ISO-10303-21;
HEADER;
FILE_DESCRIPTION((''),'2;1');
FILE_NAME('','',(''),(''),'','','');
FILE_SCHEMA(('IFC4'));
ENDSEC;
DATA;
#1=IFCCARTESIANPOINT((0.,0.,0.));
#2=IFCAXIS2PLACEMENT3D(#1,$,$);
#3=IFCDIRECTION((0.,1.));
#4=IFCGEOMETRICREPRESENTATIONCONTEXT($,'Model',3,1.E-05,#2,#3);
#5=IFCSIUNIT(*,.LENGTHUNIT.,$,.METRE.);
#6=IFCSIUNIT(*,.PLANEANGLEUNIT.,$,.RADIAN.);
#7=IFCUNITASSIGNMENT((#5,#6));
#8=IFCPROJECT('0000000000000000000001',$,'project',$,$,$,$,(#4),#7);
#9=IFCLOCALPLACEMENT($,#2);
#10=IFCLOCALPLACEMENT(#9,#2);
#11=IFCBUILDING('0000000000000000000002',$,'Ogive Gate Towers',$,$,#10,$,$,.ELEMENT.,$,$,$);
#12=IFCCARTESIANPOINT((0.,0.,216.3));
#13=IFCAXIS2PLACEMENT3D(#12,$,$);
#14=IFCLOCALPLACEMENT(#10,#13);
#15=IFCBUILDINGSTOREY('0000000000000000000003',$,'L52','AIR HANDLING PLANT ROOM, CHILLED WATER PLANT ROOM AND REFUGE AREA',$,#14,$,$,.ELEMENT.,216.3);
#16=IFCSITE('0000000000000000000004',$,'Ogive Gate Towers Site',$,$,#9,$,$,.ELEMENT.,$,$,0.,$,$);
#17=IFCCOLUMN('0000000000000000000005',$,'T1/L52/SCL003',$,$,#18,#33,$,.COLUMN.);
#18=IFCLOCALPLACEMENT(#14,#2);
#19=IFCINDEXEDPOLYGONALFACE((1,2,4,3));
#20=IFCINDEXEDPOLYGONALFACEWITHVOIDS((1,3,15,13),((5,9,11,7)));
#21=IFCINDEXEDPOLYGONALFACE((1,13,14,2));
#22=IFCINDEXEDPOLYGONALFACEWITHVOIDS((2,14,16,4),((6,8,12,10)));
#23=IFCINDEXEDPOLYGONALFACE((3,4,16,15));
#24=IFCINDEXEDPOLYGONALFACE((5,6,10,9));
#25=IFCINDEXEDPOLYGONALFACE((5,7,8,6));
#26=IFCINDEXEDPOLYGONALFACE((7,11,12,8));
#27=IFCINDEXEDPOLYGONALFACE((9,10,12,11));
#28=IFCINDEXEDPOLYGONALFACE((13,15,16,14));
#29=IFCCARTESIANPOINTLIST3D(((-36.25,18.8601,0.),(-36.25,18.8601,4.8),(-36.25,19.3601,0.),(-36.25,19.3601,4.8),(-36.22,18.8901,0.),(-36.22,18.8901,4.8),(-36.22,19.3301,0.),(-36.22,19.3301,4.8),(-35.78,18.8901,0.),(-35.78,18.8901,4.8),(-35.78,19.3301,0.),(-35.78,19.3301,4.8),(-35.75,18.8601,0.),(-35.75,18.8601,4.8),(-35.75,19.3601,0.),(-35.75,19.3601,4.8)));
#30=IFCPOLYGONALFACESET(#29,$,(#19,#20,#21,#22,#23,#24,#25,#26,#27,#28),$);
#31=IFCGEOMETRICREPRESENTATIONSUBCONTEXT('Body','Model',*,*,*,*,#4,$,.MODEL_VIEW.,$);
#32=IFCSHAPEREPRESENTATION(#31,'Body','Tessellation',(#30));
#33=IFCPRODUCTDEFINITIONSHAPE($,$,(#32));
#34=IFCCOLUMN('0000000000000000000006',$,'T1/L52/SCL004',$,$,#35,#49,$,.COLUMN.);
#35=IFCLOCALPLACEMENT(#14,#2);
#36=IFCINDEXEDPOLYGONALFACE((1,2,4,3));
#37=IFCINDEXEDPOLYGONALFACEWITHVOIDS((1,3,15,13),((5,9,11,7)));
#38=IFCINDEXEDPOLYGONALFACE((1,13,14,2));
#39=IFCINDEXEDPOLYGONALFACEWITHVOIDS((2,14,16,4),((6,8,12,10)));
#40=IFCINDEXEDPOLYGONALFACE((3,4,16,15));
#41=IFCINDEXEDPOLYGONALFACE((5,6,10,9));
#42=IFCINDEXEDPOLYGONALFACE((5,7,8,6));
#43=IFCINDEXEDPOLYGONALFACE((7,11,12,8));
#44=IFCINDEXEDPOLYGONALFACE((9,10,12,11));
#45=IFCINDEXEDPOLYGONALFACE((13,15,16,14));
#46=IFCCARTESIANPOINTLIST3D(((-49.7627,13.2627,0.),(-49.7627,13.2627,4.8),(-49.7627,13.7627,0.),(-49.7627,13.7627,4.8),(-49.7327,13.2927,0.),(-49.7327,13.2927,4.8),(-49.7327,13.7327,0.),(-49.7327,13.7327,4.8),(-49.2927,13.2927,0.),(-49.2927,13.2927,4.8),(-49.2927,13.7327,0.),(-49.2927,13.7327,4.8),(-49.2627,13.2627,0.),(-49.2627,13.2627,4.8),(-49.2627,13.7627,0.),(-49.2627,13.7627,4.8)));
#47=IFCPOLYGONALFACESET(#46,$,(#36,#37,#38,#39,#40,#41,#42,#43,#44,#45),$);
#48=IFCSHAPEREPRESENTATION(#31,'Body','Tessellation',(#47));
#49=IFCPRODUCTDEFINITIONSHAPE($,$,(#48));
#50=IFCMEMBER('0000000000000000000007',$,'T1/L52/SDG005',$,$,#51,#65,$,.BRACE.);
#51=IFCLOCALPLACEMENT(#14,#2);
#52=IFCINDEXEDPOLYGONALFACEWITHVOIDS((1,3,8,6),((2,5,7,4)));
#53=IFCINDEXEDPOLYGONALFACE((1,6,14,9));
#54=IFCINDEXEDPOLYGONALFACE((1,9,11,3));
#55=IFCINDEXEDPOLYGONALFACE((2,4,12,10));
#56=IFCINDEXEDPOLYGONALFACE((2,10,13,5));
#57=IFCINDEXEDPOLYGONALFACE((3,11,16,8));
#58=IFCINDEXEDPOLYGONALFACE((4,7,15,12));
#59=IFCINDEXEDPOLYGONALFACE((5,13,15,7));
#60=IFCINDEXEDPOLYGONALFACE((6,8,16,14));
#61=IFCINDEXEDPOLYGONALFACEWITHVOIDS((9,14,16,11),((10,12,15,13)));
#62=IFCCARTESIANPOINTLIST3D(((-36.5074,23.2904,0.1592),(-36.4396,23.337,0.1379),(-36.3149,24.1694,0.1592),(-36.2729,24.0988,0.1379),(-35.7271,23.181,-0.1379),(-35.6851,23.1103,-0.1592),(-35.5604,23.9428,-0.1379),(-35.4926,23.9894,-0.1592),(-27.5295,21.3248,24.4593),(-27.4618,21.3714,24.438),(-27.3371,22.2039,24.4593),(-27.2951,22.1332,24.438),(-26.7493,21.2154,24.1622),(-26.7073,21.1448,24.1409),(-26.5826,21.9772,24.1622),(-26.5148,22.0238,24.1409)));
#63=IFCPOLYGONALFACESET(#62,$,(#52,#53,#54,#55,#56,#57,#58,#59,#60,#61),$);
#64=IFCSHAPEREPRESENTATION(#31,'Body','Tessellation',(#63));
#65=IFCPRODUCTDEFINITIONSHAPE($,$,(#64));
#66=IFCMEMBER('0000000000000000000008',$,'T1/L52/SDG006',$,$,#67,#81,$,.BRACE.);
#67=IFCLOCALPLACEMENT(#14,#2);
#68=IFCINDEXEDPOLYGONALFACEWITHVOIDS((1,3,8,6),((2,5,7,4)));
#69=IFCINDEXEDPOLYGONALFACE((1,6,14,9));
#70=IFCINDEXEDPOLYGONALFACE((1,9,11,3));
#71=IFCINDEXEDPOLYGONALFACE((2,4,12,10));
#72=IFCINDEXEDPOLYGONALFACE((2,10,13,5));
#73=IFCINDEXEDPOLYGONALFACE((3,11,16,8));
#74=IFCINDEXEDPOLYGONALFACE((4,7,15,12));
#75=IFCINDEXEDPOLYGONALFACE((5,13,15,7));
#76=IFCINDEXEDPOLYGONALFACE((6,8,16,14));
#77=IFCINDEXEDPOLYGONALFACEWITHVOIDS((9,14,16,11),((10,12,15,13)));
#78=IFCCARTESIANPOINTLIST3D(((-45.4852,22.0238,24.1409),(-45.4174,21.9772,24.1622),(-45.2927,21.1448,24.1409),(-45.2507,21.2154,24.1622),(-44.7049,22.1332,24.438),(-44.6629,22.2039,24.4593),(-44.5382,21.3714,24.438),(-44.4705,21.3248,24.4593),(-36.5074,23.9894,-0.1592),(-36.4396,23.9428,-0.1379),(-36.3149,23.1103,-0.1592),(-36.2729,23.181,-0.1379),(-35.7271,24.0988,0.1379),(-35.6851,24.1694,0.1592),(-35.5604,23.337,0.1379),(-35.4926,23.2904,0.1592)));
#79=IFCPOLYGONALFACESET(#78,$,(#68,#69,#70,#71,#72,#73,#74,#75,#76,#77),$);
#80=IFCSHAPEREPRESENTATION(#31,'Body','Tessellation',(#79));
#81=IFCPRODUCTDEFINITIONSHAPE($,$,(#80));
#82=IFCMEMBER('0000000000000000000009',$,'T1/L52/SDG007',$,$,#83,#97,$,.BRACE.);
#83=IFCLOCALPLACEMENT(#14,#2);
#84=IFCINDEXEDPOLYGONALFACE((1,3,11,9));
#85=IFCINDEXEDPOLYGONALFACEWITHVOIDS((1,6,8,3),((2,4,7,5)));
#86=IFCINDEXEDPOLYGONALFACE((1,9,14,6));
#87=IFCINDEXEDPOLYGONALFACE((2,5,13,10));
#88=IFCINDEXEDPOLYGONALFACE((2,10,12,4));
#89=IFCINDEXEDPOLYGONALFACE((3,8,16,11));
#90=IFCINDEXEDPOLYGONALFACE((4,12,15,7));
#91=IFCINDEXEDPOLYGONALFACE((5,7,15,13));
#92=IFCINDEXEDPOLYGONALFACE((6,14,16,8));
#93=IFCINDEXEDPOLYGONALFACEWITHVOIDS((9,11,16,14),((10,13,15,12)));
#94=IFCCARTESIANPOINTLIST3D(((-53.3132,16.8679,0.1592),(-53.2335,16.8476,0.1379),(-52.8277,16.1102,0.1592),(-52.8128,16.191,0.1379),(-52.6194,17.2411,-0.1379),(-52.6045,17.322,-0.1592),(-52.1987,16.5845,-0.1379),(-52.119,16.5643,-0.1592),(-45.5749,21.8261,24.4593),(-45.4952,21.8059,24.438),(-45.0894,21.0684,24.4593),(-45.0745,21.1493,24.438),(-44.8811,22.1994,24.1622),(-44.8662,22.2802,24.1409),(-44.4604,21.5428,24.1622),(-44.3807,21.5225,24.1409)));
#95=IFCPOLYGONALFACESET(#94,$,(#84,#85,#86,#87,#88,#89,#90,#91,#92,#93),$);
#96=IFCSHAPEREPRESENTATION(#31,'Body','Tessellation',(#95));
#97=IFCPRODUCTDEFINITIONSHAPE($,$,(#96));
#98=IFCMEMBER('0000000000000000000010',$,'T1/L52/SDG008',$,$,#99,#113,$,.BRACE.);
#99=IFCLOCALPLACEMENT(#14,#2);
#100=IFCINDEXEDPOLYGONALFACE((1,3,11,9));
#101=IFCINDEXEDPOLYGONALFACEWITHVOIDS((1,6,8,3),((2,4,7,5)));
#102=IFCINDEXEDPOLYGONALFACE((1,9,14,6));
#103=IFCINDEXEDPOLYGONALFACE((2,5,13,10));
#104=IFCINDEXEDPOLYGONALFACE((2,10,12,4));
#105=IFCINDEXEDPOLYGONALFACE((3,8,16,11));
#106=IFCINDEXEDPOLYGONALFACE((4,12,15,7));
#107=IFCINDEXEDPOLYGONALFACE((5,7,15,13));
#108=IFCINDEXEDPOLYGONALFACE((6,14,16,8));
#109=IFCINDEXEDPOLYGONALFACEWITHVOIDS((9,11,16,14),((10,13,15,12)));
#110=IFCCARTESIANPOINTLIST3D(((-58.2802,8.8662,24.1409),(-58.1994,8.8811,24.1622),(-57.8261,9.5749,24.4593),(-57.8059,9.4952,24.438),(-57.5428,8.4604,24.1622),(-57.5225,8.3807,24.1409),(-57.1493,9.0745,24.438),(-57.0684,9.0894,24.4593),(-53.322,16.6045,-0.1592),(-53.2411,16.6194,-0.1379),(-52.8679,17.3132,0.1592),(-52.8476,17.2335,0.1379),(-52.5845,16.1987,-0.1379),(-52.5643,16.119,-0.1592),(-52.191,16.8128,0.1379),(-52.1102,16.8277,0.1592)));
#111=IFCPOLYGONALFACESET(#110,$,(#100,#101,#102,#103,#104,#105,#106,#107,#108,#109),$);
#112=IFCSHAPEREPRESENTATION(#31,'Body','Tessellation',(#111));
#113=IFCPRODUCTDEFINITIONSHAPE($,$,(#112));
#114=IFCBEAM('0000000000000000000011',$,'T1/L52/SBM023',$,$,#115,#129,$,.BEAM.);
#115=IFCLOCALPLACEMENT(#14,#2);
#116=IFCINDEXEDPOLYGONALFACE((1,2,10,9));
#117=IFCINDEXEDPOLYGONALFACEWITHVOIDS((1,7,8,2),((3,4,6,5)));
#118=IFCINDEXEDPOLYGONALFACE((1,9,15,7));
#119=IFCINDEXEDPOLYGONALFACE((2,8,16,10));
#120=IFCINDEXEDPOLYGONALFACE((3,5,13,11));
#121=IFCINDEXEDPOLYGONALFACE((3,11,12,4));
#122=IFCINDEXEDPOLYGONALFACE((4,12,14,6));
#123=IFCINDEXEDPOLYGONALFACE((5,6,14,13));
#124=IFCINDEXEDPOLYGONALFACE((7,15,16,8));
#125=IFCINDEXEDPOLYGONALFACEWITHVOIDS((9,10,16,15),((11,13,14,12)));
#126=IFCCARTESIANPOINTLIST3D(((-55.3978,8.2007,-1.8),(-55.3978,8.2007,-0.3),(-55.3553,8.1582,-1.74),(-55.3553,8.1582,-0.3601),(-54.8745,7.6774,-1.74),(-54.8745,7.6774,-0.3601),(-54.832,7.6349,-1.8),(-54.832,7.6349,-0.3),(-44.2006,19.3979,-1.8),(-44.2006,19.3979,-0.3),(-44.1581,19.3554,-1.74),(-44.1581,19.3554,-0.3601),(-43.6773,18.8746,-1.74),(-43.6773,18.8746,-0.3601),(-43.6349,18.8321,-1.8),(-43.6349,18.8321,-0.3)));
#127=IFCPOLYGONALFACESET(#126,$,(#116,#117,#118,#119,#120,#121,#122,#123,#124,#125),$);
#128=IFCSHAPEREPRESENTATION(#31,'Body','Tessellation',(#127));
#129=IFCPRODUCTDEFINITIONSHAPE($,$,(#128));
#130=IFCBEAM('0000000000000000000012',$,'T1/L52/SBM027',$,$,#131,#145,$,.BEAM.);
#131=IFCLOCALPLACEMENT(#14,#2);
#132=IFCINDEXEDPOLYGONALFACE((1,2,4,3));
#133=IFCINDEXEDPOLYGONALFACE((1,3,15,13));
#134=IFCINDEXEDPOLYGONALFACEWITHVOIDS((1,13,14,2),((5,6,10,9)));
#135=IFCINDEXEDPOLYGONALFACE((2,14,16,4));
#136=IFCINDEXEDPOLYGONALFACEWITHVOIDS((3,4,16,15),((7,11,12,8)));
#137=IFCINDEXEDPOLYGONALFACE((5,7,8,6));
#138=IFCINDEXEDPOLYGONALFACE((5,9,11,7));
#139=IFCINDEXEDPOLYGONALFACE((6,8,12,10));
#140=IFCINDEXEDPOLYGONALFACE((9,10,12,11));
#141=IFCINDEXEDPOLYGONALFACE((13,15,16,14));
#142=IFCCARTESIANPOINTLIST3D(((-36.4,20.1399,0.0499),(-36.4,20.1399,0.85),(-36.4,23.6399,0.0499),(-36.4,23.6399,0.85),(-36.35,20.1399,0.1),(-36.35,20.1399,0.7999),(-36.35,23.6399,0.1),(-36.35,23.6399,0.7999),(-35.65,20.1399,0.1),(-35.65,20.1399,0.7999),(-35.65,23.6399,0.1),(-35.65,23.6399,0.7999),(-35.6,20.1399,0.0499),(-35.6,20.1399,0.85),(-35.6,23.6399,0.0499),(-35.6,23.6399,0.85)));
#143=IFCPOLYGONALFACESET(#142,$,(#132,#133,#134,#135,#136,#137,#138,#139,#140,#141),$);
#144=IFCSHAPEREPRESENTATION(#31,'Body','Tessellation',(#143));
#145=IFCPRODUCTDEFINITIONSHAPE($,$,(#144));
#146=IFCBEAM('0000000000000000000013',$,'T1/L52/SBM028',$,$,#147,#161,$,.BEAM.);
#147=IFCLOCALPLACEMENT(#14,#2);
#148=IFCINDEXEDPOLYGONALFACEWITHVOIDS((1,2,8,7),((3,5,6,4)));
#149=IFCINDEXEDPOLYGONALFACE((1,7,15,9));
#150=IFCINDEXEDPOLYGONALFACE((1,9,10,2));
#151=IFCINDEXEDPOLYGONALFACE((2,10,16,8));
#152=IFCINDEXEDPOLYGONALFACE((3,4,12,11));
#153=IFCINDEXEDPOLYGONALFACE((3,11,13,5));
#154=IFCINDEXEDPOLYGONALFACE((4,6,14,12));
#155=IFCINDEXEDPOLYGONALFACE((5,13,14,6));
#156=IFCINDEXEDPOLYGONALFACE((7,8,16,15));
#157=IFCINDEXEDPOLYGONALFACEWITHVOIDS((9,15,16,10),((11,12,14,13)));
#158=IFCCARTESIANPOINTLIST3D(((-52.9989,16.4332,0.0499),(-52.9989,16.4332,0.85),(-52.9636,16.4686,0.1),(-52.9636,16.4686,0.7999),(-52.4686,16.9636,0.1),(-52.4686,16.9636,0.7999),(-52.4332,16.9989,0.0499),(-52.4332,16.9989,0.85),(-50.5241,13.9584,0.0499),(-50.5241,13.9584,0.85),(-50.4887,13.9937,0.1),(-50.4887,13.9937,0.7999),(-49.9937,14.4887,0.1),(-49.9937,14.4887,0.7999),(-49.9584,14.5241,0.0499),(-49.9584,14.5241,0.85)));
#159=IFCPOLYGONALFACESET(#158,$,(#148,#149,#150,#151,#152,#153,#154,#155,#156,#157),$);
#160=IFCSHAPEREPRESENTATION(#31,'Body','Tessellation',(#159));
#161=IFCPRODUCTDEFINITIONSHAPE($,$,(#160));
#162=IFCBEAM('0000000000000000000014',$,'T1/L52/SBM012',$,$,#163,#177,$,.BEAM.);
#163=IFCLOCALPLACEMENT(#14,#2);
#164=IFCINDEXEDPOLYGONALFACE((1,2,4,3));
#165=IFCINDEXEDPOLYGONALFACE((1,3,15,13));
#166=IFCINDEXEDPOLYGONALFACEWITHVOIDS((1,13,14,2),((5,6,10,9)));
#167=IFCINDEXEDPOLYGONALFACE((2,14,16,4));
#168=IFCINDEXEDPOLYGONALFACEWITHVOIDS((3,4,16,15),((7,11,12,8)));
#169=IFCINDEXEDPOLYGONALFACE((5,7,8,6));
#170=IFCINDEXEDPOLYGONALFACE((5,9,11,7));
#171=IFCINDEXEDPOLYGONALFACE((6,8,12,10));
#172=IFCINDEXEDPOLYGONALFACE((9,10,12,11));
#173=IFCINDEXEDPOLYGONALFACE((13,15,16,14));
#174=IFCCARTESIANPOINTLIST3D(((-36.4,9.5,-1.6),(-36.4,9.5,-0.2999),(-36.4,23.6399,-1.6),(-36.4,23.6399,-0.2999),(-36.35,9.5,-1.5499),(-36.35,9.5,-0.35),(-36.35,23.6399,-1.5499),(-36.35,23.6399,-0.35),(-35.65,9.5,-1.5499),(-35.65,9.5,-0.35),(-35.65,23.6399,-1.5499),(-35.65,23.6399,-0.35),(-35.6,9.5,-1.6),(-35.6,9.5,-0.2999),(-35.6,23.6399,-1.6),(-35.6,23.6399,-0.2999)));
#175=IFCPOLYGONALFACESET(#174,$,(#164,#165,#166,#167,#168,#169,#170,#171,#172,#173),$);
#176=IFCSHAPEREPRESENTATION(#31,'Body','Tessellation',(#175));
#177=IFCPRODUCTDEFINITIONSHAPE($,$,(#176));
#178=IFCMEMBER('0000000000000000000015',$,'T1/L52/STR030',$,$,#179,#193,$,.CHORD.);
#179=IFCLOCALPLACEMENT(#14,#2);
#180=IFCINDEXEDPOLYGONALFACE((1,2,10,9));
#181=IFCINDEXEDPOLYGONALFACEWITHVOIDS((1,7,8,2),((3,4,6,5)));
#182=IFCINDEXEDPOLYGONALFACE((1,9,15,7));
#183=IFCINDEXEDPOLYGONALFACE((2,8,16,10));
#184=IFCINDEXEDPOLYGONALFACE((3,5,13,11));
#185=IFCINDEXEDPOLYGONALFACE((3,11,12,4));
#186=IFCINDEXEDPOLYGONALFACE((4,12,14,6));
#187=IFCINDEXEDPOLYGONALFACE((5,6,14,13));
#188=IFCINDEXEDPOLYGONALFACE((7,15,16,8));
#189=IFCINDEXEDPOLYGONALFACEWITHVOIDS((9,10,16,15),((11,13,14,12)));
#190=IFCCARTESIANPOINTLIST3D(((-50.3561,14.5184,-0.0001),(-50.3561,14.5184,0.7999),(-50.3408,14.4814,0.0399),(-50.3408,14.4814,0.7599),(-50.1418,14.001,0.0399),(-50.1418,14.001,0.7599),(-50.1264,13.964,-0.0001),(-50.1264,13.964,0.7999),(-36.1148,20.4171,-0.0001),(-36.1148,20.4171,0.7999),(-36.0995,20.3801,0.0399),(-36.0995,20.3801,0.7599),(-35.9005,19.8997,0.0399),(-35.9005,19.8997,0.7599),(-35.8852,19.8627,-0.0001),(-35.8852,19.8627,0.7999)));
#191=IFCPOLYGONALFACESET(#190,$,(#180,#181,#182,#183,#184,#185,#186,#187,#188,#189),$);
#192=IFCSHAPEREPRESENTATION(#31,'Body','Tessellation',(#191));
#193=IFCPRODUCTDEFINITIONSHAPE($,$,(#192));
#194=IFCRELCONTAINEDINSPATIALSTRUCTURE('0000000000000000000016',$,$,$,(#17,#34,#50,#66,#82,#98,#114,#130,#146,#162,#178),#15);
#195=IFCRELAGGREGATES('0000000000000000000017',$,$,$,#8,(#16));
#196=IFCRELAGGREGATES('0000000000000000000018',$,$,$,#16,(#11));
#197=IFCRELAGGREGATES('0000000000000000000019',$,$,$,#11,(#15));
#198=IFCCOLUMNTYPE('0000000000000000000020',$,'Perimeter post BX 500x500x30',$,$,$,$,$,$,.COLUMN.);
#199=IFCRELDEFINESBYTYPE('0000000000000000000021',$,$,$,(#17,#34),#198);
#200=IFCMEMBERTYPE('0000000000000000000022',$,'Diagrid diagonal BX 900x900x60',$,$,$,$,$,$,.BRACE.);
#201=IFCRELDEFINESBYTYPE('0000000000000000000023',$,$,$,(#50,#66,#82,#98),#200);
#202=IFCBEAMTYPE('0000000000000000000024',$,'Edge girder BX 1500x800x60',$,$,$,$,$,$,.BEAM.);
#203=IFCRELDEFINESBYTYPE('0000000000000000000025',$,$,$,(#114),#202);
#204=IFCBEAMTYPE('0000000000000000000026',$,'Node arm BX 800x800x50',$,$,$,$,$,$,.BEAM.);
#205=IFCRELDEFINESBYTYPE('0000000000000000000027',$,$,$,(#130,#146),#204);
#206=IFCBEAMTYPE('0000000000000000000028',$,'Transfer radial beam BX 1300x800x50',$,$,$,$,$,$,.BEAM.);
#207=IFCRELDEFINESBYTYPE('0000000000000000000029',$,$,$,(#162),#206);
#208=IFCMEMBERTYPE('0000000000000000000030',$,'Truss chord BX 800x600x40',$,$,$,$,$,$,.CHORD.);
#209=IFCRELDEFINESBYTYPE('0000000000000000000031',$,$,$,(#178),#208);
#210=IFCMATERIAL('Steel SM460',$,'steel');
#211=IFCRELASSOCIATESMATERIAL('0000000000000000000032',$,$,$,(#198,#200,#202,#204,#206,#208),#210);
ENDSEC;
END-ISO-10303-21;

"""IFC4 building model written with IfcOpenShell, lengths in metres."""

from ifc_helpers import new_model, si_unit, direction, frame, origin, origin_2d, place, context, subcontext, project, spatial, hollow_rectangle, extrude, material, material_profile, profile_set, type_object, element, save


model = new_model("IFC4")

# Units and contexts
model_context = context("Model", 3, precision=1e-05, world=origin(), true_north=direction((0.0, 1.0)))
body_context = subcontext(model_context, "Body", "Model", "MODEL_VIEW")
ifc_project = project(units=[si_unit("LENGTHUNIT", "METRE"), si_unit("PLANEANGLEUNIT", "RADIAN")], contexts=[model_context])

# Site, building, storey
site_placement = place(None, origin())
site = spatial("IfcSite", under=ifc_project, at=site_placement, Name="Ogive Gate Towers Site", CompositionType="ELEMENT", RefElevation=0.0)
building_placement = place(site_placement, origin())
building = spatial("IfcBuilding", under=site, at=building_placement, Name="Ogive Gate Towers", CompositionType="ELEMENT")
storey_placement = place(building_placement, frame((0.0, 0.0, 216.3)))
storey = spatial("IfcBuildingStorey", under=building, at=storey_placement, Name="L52", Description="AIR HANDLING PLANT ROOM, CHILLED WATER PLANT ROOM AND REFUGE AREA", CompositionType="ELEMENT", Elevation=216.3)

# Columns
ifc_material_1 = material(Name="Steel SM460", Category="steel")
ifc_material_profile_1 = material_profile(ifc_material_1, hollow_rectangle(XDim=0.5, YDim=0.5, WallThickness=0.03, at=origin_2d()), Name="BX 500x500x30")
ifc_profile_set_1 = profile_set([ifc_material_profile_1], Name="Steel SM460")
column_type = type_object("IfcColumnType", Name="Perimeter post BX 500x500x30", PredefinedType="COLUMN", material=ifc_profile_set_1)
for number, where, z_axis, x_axis, name in (
    (1, (-36.0, 19.1101, 0.0), (0.0, 0.0, 1.0), (1.0, 0.0, 0.0), "T1/L52/SCL003"),
    (2, (-49.5127, 13.5127, 0.0), (0.0, 0.0, 1.0), (1.0, 0.0, 0.0), "T1/L52/SCL004"),
):
    element("IfcColumn", number, at=place(storey_placement, frame(where, z_axis=z_axis, x_axis=x_axis)), inside=storey, type_object=column_type, Name=name, PredefinedType="COLUMN", context=body_context, shape_type="SweptSolid", body=[
        extrude(hollow_rectangle(XDim=0.5, YDim=0.5, WallThickness=0.03, at=origin_2d()), origin(), (0.0, 0.0, 1.0), 4.8),
    ])

# Members
ifc_material_profile_2 = material_profile(ifc_material_1, hollow_rectangle(XDim=0.8999, YDim=0.8999, WallThickness=0.0601, at=origin_2d()), Name="BX 900x900x60")
ifc_profile_set_2 = profile_set([ifc_material_profile_2], Name="Steel SM460")
member_type_1 = type_object("IfcMemberType", Name="Diagrid diagonal BX 900x900x60", PredefinedType="BRACE", material=ifc_profile_set_2)
for number, where, z_axis, x_axis, name in (
    (3, (-36.0, 23.6399, 0.0), (0.345566, -0.075658, 0.935339), (0.213872, 0.976862, 0.0), "T1/L52/SDG005"),
    (4, (-36.0, 23.6399, 0.0), (-0.345566, -0.075658, 0.935339), (0.213872, -0.976862, 0.0), "T1/L52/SDG006"),
    (5, (-52.7161, 16.7161, 0.0), (0.297856, 0.190849, 0.935339), (-0.539498, 0.841987, 0.0), "T1/L52/SDG007"),
    (6, (-52.7161, 16.7161, 0.0), (-0.190849, -0.297856, 0.935339), (0.841987, -0.539498, 0.0), "T1/L52/SDG008"),
):
    element("IfcMember", number, at=place(storey_placement, frame(where, z_axis=z_axis, x_axis=x_axis)), inside=storey, type_object=member_type_1, Name=name, PredefinedType="BRACE", context=body_context, shape_type="SweptSolid", body=[
        extrude(hollow_rectangle(XDim=0.8999, YDim=0.8999, WallThickness=0.0601, at=origin_2d()), origin(), (0.0, 0.0, 1.0), 25.98),
    ])

# Beams
ifc_material_profile_3 = material_profile(ifc_material_1, hollow_rectangle(XDim=0.8, YDim=1.5, WallThickness=0.0601, at=origin_2d()), Name="BX 1500x800x60")
ifc_profile_set_3 = profile_set([ifc_material_profile_3], Name="Steel SM460")
beam_type_1 = type_object("IfcBeamType", Name="Edge girder BX 1500x800x60", PredefinedType="BEAM", material=ifc_profile_set_3)
beam_1_placement = place(storey_placement, frame((-43.9177, 19.115, -1.05), z_axis=(-0.707107, -0.707107, 0.0), x_axis=(0.707107, -0.707107, 0.0)))
element("IfcBeam", 7, at=beam_1_placement, inside=storey, type_object=beam_type_1, Name="T1/L52/SBM023", PredefinedType="BEAM", context=body_context, shape_type="SweptSolid", body=[
    extrude(hollow_rectangle(XDim=0.8, YDim=1.5, WallThickness=0.0601, at=origin_2d()), origin(), (0.0, 0.0, 1.0), 15.8352),
])
ifc_material_profile_4 = material_profile(ifc_material_1, hollow_rectangle(XDim=0.8, YDim=0.8, WallThickness=0.05, at=origin_2d()), Name="BX 800x800x50")
ifc_profile_set_4 = profile_set([ifc_material_profile_4], Name="Steel SM460")
beam_type_2 = type_object("IfcBeamType", Name="Node arm BX 800x800x50", PredefinedType="BEAM", material=ifc_profile_set_4)
for number, where, z_axis, x_axis, name in (
    (8, (-36.0, 20.1399, 0.45), (0.0, 1.0, 0.0), (-1.0, 0.0, 0.0), "T1/L52/SBM027"),
    (9, (-50.2412, 14.2412, 0.45), (-0.707107, 0.707107, 0.0), (-0.707107, -0.707107, 0.0), "T1/L52/SBM028"),
):
    element("IfcBeam", number, at=place(storey_placement, frame(where, z_axis=z_axis, x_axis=x_axis)), inside=storey, type_object=beam_type_2, Name=name, PredefinedType="BEAM", context=body_context, shape_type="SweptSolid", body=[
        extrude(hollow_rectangle(XDim=0.8, YDim=0.8, WallThickness=0.05, at=origin_2d()), origin(), (0.0, 0.0, 1.0), 3.5),
    ])
ifc_material_profile_5 = material_profile(ifc_material_1, hollow_rectangle(XDim=0.8, YDim=1.3, WallThickness=0.05, at=origin_2d()), Name="BX 1300x800x50")
ifc_profile_set_5 = profile_set([ifc_material_profile_5], Name="Steel SM460")
beam_type_3 = type_object("IfcBeamType", Name="Transfer radial beam BX 1300x800x50", PredefinedType="BEAM", material=ifc_profile_set_5)
beam_2_placement = place(storey_placement, frame((-36.0, 9.5, -0.95), z_axis=(0.0, 1.0, 0.0), x_axis=(-1.0, 0.0, 0.0)))
element("IfcBeam", 10, at=beam_2_placement, inside=storey, type_object=beam_type_3, Name="T1/L52/SBM012", PredefinedType="BEAM", context=body_context, shape_type="SweptSolid", body=[
    extrude(hollow_rectangle(XDim=0.8, YDim=1.3, WallThickness=0.05, at=origin_2d()), origin(), (0.0, 0.0, 1.0), 14.1399),
])

# Member
ifc_material_profile_6 = material_profile(ifc_material_1, hollow_rectangle(XDim=0.6001, YDim=0.8, WallThickness=0.04, at=origin_2d()), Name="BX 800x600x40")
ifc_profile_set_6 = profile_set([ifc_material_profile_6], Name="Steel SM460")
member_type_2 = type_object("IfcMemberType", Name="Truss chord BX 800x600x40", PredefinedType="CHORD", material=ifc_profile_set_6)
for number, where, z_axis, x_axis, name in (
    (11, (-36.0, 20.1399, 0.3999), (-0.923885, -0.382671, 0.0), (0.382671, -0.923885, 0.0), "T1/L52/STR030"),
):
    element("IfcMember", number, at=place(storey_placement, frame(where, z_axis=z_axis, x_axis=x_axis)), inside=storey, type_object=member_type_2, Name=name, PredefinedType="CHORD", context=body_context, shape_type="SweptSolid", body=[
        extrude(hollow_rectangle(XDim=0.6001, YDim=0.8, WallThickness=0.04, at=origin_2d()), origin(), (0.0, 0.0, 1.0), 15.4146),
    ])

save(model, "model.ifc")
